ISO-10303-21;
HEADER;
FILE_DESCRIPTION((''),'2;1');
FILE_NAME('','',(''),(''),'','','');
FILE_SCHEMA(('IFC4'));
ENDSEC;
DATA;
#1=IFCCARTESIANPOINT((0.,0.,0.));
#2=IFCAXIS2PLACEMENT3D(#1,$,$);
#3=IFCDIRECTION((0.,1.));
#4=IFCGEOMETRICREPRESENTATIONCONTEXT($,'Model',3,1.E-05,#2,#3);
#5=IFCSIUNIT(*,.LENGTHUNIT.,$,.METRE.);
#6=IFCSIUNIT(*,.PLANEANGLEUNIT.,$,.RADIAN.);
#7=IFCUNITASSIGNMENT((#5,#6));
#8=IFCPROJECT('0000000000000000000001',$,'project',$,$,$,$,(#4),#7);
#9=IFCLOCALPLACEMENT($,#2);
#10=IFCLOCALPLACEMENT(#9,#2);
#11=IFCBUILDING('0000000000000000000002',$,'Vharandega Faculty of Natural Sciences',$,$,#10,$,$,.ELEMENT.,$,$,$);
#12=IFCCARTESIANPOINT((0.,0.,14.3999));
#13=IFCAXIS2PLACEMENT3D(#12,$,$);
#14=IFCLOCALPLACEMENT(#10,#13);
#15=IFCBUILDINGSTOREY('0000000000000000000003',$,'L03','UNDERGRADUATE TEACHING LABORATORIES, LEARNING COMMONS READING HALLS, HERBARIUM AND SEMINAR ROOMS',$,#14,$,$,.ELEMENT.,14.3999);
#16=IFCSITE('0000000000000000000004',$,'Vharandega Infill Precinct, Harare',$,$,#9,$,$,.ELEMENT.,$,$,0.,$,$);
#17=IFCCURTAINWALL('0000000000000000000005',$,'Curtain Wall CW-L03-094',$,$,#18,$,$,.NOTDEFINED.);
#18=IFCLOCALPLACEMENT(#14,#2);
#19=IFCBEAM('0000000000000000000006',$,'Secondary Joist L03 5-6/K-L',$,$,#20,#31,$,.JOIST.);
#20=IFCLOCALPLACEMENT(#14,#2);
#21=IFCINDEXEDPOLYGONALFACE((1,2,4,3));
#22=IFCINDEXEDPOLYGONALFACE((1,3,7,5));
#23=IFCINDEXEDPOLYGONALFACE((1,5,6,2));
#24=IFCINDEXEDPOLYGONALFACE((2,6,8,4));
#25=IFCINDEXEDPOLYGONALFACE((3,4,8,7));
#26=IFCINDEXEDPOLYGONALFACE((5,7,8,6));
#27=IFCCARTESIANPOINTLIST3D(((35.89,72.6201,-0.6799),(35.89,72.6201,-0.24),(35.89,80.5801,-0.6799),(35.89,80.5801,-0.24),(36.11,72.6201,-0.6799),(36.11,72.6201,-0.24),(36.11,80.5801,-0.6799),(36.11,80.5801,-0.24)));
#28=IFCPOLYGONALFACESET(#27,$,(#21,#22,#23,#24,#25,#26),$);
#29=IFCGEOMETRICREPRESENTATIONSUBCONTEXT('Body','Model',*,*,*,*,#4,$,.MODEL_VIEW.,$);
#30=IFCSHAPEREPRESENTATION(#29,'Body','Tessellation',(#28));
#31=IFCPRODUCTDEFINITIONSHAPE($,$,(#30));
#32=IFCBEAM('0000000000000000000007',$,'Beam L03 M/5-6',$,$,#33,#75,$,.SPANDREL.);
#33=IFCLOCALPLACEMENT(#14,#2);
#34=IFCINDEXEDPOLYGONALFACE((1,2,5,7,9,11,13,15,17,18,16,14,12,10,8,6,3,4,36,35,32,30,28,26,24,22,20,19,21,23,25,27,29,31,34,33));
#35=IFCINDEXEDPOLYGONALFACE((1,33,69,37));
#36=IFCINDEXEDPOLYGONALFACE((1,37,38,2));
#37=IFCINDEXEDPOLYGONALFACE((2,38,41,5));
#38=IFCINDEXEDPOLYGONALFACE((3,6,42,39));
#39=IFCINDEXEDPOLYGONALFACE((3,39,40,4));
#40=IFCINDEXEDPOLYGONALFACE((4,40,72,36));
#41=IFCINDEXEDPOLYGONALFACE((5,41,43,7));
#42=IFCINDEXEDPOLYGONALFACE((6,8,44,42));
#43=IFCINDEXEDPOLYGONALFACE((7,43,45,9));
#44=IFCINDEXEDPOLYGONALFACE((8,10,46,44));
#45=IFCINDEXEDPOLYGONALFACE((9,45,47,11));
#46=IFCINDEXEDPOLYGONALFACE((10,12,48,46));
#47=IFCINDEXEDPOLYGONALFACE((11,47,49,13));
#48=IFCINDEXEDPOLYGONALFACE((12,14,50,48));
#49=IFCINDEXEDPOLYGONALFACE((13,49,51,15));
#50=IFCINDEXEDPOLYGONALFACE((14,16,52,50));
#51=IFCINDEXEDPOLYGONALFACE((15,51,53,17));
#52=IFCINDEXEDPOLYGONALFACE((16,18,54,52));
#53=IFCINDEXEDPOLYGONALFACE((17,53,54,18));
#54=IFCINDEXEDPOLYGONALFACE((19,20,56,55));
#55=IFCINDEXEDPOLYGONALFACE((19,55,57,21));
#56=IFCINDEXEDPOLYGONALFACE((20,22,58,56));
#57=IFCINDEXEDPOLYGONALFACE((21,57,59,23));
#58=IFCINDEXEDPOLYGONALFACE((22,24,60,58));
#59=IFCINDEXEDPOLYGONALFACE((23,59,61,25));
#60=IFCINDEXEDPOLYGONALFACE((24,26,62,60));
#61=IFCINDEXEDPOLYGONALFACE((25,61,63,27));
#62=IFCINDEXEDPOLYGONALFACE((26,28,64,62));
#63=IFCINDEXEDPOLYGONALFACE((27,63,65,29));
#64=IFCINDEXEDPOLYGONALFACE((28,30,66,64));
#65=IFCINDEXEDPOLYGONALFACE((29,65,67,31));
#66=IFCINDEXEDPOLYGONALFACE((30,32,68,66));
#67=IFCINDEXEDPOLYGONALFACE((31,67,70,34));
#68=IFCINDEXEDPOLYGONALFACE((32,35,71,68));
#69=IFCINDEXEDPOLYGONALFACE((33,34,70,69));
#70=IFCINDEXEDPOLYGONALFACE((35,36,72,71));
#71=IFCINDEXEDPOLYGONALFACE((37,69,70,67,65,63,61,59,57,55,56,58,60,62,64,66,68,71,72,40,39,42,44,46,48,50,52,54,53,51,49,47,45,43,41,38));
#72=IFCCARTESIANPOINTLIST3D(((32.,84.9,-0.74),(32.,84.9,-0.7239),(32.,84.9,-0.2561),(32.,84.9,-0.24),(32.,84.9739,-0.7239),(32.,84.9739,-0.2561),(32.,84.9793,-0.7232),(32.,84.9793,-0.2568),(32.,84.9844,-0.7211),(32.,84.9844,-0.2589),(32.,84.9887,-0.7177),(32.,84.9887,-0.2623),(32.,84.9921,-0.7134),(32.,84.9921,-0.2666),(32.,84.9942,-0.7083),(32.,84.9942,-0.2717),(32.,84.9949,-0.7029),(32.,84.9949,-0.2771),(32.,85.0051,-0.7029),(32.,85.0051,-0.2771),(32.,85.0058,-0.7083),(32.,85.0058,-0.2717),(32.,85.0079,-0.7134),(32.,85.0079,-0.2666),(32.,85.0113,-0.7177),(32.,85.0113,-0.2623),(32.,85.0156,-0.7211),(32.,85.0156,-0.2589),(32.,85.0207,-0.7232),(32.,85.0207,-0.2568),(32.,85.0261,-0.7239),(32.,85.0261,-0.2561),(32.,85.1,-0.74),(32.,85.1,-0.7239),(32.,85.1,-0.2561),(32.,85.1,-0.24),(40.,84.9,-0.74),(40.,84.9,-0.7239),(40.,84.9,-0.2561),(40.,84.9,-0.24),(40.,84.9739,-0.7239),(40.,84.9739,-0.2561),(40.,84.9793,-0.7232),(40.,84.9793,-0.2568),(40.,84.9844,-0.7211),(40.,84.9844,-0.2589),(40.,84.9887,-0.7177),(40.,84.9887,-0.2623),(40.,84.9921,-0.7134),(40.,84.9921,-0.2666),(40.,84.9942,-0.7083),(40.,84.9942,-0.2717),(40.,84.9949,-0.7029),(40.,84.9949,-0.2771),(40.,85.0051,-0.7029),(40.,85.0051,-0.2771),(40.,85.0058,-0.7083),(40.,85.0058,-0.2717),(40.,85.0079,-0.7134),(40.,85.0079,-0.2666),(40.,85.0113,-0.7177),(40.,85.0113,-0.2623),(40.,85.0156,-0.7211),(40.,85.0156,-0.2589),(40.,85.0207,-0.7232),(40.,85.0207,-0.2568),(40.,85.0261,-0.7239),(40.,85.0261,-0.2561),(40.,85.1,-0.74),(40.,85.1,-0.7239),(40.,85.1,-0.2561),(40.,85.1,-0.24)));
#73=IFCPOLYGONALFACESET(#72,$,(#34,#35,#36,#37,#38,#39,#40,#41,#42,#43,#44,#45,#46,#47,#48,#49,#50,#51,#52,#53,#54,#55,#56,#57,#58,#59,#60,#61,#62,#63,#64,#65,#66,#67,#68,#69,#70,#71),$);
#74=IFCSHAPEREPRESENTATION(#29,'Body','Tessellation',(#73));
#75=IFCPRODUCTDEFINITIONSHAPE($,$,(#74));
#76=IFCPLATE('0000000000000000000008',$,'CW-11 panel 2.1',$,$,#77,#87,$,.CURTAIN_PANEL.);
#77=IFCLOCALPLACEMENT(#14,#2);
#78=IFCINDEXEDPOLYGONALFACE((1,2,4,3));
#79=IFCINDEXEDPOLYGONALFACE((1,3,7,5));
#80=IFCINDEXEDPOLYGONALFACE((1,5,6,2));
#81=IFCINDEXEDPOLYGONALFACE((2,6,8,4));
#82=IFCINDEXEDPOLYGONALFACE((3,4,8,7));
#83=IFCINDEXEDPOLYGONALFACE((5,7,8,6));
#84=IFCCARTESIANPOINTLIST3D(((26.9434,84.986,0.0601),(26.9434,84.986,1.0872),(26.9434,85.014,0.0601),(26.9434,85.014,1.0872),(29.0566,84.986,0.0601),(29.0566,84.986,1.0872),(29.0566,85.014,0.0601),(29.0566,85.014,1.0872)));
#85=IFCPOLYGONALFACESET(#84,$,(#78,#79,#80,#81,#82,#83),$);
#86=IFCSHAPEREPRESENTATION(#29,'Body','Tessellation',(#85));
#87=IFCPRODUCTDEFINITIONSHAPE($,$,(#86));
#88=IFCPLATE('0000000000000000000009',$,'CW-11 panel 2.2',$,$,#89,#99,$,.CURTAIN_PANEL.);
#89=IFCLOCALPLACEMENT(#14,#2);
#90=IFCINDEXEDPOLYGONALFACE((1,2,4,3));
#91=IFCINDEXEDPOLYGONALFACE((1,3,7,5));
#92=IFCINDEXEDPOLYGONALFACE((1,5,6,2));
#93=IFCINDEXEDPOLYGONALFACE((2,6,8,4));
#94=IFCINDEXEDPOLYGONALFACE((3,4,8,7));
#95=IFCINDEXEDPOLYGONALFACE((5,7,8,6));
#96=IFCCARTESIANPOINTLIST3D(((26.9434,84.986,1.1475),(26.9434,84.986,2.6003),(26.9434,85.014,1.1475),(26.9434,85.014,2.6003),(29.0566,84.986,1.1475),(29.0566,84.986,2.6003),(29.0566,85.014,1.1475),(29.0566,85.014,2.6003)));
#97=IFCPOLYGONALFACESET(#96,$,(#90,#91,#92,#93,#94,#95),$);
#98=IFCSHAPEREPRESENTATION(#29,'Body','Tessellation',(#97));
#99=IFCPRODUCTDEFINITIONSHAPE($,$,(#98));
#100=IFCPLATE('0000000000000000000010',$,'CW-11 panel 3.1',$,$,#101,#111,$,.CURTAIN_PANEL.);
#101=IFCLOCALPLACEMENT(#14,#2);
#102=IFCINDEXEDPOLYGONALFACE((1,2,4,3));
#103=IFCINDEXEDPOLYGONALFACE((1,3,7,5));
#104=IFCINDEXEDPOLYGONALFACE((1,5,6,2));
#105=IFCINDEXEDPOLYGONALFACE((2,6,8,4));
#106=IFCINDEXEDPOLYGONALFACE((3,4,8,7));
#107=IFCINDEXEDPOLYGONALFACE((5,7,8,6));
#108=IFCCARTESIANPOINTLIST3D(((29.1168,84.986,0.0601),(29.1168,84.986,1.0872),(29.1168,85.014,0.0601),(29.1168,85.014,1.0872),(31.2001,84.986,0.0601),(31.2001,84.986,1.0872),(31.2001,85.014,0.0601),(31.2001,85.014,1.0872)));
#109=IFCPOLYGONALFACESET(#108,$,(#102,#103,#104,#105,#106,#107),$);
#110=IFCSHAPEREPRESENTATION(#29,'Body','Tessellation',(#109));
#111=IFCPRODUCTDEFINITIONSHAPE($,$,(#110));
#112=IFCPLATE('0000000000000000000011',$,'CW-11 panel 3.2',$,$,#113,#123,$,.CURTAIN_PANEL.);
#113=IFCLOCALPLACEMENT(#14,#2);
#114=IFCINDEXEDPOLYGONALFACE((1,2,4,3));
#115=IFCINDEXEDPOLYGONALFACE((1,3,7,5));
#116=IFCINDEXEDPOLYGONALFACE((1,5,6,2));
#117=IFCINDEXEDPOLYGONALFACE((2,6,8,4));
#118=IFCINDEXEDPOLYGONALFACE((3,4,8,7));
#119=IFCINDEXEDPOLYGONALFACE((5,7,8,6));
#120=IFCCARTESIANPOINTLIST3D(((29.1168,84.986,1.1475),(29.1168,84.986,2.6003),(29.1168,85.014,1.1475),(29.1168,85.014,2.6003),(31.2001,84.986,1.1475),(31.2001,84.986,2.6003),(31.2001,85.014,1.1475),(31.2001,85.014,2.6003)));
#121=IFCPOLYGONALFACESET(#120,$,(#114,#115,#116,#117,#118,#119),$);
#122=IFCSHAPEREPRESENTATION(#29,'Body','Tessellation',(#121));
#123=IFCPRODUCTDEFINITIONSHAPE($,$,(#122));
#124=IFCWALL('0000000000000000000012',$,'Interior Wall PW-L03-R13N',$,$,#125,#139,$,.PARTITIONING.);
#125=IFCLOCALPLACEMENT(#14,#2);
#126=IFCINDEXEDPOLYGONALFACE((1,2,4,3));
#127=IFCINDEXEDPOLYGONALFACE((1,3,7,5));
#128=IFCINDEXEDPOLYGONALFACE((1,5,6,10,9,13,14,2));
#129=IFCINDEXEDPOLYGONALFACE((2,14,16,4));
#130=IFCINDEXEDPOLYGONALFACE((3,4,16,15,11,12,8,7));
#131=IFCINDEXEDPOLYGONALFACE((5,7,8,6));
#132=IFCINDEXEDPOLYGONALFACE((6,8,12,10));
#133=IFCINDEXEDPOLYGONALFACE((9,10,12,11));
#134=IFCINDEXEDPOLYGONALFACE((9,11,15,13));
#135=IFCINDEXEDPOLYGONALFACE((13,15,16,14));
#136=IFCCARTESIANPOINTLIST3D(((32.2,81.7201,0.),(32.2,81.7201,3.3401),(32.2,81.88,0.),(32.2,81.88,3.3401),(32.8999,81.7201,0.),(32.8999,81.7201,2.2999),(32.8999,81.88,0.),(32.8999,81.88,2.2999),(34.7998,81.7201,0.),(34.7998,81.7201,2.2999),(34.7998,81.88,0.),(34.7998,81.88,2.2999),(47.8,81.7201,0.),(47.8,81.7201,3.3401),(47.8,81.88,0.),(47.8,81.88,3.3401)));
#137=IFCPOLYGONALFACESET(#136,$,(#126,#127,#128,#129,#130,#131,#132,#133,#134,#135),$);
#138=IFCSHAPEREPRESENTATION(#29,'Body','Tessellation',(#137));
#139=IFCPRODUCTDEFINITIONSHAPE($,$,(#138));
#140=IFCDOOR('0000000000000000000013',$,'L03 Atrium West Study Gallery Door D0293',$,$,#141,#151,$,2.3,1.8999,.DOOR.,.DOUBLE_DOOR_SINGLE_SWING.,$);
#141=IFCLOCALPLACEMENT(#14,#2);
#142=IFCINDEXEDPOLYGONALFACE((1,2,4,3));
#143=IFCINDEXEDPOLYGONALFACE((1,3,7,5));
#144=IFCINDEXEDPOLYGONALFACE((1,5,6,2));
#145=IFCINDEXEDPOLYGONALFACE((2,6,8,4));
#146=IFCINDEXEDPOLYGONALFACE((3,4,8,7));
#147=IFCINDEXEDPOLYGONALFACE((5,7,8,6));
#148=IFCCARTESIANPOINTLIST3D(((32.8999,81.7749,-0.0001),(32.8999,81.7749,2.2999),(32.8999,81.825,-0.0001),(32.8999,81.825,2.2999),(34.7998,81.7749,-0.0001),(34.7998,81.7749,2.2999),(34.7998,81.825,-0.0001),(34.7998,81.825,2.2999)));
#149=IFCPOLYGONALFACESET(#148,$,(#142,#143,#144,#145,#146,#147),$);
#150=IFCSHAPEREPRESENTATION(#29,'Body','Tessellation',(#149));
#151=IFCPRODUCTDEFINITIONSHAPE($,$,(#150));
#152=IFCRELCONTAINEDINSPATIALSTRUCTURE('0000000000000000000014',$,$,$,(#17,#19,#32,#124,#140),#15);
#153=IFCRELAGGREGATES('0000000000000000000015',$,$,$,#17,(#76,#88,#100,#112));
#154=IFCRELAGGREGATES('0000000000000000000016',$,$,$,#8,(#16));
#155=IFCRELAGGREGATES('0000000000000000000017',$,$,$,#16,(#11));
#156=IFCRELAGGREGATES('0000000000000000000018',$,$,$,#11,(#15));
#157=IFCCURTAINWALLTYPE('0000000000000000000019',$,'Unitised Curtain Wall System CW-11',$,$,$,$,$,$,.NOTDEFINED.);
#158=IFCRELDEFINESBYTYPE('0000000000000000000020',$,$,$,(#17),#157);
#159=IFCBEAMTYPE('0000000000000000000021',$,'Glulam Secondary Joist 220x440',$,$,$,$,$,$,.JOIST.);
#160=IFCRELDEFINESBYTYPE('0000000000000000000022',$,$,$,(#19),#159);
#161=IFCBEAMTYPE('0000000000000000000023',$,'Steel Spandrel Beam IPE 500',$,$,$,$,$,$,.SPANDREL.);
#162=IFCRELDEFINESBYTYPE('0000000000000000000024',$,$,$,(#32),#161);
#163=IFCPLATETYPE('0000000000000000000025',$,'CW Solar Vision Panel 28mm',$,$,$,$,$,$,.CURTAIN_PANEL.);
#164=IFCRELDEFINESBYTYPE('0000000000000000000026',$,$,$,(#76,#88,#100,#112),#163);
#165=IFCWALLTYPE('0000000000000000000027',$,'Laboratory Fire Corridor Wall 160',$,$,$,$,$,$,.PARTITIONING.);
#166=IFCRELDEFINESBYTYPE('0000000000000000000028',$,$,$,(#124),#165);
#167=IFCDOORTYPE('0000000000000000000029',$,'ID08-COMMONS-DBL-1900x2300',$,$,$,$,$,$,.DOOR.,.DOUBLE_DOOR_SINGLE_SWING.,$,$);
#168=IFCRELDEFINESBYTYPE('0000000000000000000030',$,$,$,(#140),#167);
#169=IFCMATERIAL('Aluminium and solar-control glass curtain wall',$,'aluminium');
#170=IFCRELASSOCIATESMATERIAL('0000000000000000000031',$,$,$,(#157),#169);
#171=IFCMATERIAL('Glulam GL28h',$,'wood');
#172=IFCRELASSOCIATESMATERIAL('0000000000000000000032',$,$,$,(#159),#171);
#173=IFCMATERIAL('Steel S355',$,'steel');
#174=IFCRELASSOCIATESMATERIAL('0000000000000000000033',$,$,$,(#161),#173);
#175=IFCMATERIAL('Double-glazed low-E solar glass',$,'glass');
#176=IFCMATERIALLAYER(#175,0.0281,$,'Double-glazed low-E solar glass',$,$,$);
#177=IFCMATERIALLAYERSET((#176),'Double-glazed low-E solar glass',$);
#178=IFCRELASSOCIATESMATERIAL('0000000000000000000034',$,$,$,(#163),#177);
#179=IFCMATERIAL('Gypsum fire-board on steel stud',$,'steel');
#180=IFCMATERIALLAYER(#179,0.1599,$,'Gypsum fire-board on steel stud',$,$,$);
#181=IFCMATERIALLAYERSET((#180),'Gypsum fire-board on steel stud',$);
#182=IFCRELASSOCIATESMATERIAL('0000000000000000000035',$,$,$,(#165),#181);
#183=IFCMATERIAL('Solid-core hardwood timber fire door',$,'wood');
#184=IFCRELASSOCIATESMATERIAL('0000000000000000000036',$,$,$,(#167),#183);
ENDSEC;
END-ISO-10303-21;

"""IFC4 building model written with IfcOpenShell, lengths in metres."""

from ifc_helpers import new_model, si_unit, direction, frame, frame_2d, origin, origin_2d, place, context, subcontext, project, spatial, rectangle, i_section, extrude, material, layer, layer_set, material_profile, profile_set, type_object, element, fill, aggregate, save


model = new_model("IFC4")

# Units and contexts
model_context = context("Model", 3, precision=1e-05, world=origin(), true_north=direction((0.0, 1.0)))
body_context = subcontext(model_context, "Body", "Model", "MODEL_VIEW")
ifc_project = project(units=[si_unit("LENGTHUNIT", "METRE"), si_unit("PLANEANGLEUNIT", "RADIAN")], contexts=[model_context])

# Site, building, storey
site_placement = place(None, origin())
site = spatial("IfcSite", under=ifc_project, at=site_placement, Name="Vharandega Infill Precinct, Harare", CompositionType="ELEMENT", RefElevation=0.0)
building_placement = place(site_placement, origin())
building = spatial("IfcBuilding", under=site, at=building_placement, Name="Vharandega Faculty of Natural Sciences", CompositionType="ELEMENT")
storey_placement = place(building_placement, frame((0.0, 0.0, 14.3999)))
storey = spatial("IfcBuildingStorey", under=building, at=storey_placement, Name="L03", Description="UNDERGRADUATE TEACHING LABORATORIES, LEARNING COMMONS READING HALLS, HERBARIUM AND SEMINAR ROOMS", CompositionType="ELEMENT", Elevation=14.3999)

# Curtain wall
ifc_material_1 = material(Name="Aluminium and solar-control glass curtain wall", Category="aluminium")
curtain_wall_type_1 = type_object("IfcCurtainWallType", Name="Unitised Curtain Wall System CW-11", PredefinedType="NOTDEFINED", material=ifc_material_1)
curtain_wall_1_placement = place(storey_placement, origin())
curtain_wall_1 = element("IfcCurtainWall", 1, at=curtain_wall_1_placement, inside=storey, type_object=curtain_wall_type_1, Name="Curtain Wall CW-L03-094", PredefinedType="NOTDEFINED")

# Beams
ifc_material_2 = material(Name="Glulam GL28h", Category="wood")
ifc_material_profile_1 = material_profile(ifc_material_2, rectangle(XDim=0.22, YDim=0.4399, at=origin_2d()), Name="GL28h 220x440")
ifc_profile_set_1 = profile_set([ifc_material_profile_1], Name="Glulam GL28h")
beam_type_1 = type_object("IfcBeamType", Name="Glulam Secondary Joist 220x440", PredefinedType="JOIST", material=ifc_profile_set_1)
beam_1_placement = place(storey_placement, frame((36.0, 72.6201, -0.46), z_axis=(0.0, 1.0, 0.0), x_axis=(-1.0, 0.0, 0.0)))
element("IfcBeam", 2, at=beam_1_placement, inside=storey, type_object=beam_type_1, Name="Secondary Joist L03 5-6/K-L", PredefinedType="JOIST", context=body_context, shape_type="SweptSolid", body=[
    extrude(rectangle(XDim=0.22, YDim=0.4399, at=origin_2d()), origin(), (0.0, 0.0, 1.0), 7.96),
])
ifc_material_3 = material(Name="Steel S355", Category="steel")
ifc_material_profile_2 = material_profile(ifc_material_3, i_section(OverallWidth=0.2, OverallDepth=0.5, WebThickness=0.0103, FlangeThickness=0.0161, FilletRadius=0.021, at=origin_2d()), Name="IPE 500")
ifc_profile_set_2 = profile_set([ifc_material_profile_2], Name="Steel S355")
beam_type_2 = type_object("IfcBeamType", Name="Steel Spandrel Beam IPE 500", PredefinedType="SPANDREL", material=ifc_profile_set_2)
beam_2_placement = place(storey_placement, frame((32.0, 85.0, -0.49), z_axis=(1.0, 0.0, 0.0), x_axis=(0.0, 1.0, 0.0)))
element("IfcBeam", 3, at=beam_2_placement, inside=storey, type_object=beam_type_2, Name="Beam L03 M/5-6", PredefinedType="SPANDREL", context=body_context, shape_type="SweptSolid", body=[
    extrude(i_section(OverallWidth=0.2, OverallDepth=0.5, WebThickness=0.0103, FlangeThickness=0.0161, FilletRadius=0.021, at=origin_2d()), origin(), (0.0, 0.0, 1.0), 8.0),
])

# Plates
ifc_material_4 = material(Name="Double-glazed low-E solar glass", Category="glass")
ifc_layer_1 = layer(ifc_material_4, 0.0281, Name="Double-glazed low-E solar glass")
ifc_layer_set_1 = layer_set([ifc_layer_1], Name="Double-glazed low-E solar glass")
plate_type = type_object("IfcPlateType", Name="CW Solar Vision Panel 28mm", PredefinedType="CURTAIN_PANEL", material=ifc_layer_set_1)
plate_1_placement = place(storey_placement, frame((28.0, 85.0, 0.0601), z_axis=(0.0, 0.0, 1.0), x_axis=(1.0, 0.0, 0.0)))
plate_1 = element("IfcPlate", 4, at=plate_1_placement, type_object=plate_type, Name="CW-11 panel 2.1", PredefinedType="CURTAIN_PANEL", context=body_context, shape_type="SweptSolid", body=[
    extrude(rectangle(XDim=2.1133, YDim=0.0281, at=origin_2d()), origin(), (0.0, 0.0, 1.0), 1.0271),
])
plate_2_placement = place(storey_placement, frame((28.0, 85.0, 1.1475), z_axis=(0.0, 0.0, 1.0), x_axis=(1.0, 0.0, 0.0)))
plate_2 = element("IfcPlate", 5, at=plate_2_placement, type_object=plate_type, Name="CW-11 panel 2.2", PredefinedType="CURTAIN_PANEL", context=body_context, shape_type="SweptSolid", body=[
    extrude(rectangle(XDim=2.1133, YDim=0.0281, at=origin_2d()), origin(), (0.0, 0.0, 1.0), 1.4529),
])
plate_3_placement = place(storey_placement, frame((30.1584, 85.0, 0.0601), z_axis=(0.0, 0.0, 1.0), x_axis=(1.0, 0.0, 0.0)))
plate_3 = element("IfcPlate", 6, at=plate_3_placement, type_object=plate_type, Name="CW-11 panel 3.1", PredefinedType="CURTAIN_PANEL", context=body_context, shape_type="SweptSolid", body=[
    extrude(rectangle(XDim=2.0833, YDim=0.0281, at=origin_2d()), origin(), (0.0, 0.0, 1.0), 1.0271),
])
plate_4_placement = place(storey_placement, frame((30.1584, 85.0, 1.1475), z_axis=(0.0, 0.0, 1.0), x_axis=(1.0, 0.0, 0.0)))
plate_4 = element("IfcPlate", 7, at=plate_4_placement, type_object=plate_type, Name="CW-11 panel 3.2", PredefinedType="CURTAIN_PANEL", context=body_context, shape_type="SweptSolid", body=[
    extrude(rectangle(XDim=2.0833, YDim=0.0281, at=origin_2d()), origin(), (0.0, 0.0, 1.0), 1.4529),
])
aggregate(curtain_wall_1, [plate_1, plate_2, plate_3, plate_4])

# Wall, opening, door
ifc_material_5 = material(Name="Gypsum fire-board on steel stud", Category="steel")
ifc_layer_2 = layer(ifc_material_5, 0.1599, Name="Gypsum fire-board on steel stud")
ifc_layer_set_2 = layer_set([ifc_layer_2], Name="Gypsum fire-board on steel stud")
wall_type = type_object("IfcWallType", Name="Laboratory Fire Corridor Wall 160", PredefinedType="PARTITIONING", material=ifc_layer_set_2)
wall_placement = place(storey_placement, frame((32.2, 81.8, 0.0), z_axis=(0.0, 0.0, 1.0), x_axis=(1.0, 0.0, 0.0)))
wall = element("IfcWall", 8, at=wall_placement, inside=storey, type_object=wall_type, Name="Interior Wall PW-L03-R13N", PredefinedType="PARTITIONING", context=body_context, shape_type="SweptSolid", body=[
    extrude(rectangle(XDim=15.6001, YDim=0.1599, at=frame_2d((7.8, 0.0))), origin(), (0.0, 0.0, 1.0), 3.3401),
])
opening_placement = place(wall_placement, frame((0.7, 0.0, 0.0)))
opening = element("IfcOpeningElement", 9, at=opening_placement, cuts=wall, PredefinedType="OPENING", context=body_context, shape_type="SweptSolid", body=[
    extrude(rectangle(XDim=1.8999, YDim=2.3, at=frame_2d((0.95, 1.1499))), frame((0.0, 0.0898, 0.0), z_axis=(0.0, -1.0, 0.0), x_axis=(1.0, 0.0, 0.0)), (0.0, 0.0, 1.0), 0.1799),
])
ifc_material_6 = material(Name="Solid-core hardwood timber fire door", Category="wood")
door_type = type_object("IfcDoorType", Name="ID08-COMMONS-DBL-1900x2300", OperationType="DOUBLE_DOOR_SINGLE_SWING", PredefinedType="DOOR", material=ifc_material_6)
door_placement = place(opening_placement, origin())
door = element("IfcDoor", 10, at=door_placement, inside=storey, type_object=door_type, Name="L03 Atrium West Study Gallery Door D0293", OperationType="DOUBLE_DOOR_SINGLE_SWING", OverallHeight=2.3, OverallWidth=1.8999, PredefinedType="DOOR", context=body_context, shape_type="SweptSolid", body=[
    extrude(rectangle(XDim=1.8999, YDim=2.3, at=frame_2d((0.95, 1.1499))), frame((0.0, 0.0249, 0.0), z_axis=(0.0, -1.0, 0.0), x_axis=(1.0, 0.0, 0.0)), (0.0, 0.0, 1.0), 0.05),
])
fill(opening, door)

save(model, "model.ifc")
